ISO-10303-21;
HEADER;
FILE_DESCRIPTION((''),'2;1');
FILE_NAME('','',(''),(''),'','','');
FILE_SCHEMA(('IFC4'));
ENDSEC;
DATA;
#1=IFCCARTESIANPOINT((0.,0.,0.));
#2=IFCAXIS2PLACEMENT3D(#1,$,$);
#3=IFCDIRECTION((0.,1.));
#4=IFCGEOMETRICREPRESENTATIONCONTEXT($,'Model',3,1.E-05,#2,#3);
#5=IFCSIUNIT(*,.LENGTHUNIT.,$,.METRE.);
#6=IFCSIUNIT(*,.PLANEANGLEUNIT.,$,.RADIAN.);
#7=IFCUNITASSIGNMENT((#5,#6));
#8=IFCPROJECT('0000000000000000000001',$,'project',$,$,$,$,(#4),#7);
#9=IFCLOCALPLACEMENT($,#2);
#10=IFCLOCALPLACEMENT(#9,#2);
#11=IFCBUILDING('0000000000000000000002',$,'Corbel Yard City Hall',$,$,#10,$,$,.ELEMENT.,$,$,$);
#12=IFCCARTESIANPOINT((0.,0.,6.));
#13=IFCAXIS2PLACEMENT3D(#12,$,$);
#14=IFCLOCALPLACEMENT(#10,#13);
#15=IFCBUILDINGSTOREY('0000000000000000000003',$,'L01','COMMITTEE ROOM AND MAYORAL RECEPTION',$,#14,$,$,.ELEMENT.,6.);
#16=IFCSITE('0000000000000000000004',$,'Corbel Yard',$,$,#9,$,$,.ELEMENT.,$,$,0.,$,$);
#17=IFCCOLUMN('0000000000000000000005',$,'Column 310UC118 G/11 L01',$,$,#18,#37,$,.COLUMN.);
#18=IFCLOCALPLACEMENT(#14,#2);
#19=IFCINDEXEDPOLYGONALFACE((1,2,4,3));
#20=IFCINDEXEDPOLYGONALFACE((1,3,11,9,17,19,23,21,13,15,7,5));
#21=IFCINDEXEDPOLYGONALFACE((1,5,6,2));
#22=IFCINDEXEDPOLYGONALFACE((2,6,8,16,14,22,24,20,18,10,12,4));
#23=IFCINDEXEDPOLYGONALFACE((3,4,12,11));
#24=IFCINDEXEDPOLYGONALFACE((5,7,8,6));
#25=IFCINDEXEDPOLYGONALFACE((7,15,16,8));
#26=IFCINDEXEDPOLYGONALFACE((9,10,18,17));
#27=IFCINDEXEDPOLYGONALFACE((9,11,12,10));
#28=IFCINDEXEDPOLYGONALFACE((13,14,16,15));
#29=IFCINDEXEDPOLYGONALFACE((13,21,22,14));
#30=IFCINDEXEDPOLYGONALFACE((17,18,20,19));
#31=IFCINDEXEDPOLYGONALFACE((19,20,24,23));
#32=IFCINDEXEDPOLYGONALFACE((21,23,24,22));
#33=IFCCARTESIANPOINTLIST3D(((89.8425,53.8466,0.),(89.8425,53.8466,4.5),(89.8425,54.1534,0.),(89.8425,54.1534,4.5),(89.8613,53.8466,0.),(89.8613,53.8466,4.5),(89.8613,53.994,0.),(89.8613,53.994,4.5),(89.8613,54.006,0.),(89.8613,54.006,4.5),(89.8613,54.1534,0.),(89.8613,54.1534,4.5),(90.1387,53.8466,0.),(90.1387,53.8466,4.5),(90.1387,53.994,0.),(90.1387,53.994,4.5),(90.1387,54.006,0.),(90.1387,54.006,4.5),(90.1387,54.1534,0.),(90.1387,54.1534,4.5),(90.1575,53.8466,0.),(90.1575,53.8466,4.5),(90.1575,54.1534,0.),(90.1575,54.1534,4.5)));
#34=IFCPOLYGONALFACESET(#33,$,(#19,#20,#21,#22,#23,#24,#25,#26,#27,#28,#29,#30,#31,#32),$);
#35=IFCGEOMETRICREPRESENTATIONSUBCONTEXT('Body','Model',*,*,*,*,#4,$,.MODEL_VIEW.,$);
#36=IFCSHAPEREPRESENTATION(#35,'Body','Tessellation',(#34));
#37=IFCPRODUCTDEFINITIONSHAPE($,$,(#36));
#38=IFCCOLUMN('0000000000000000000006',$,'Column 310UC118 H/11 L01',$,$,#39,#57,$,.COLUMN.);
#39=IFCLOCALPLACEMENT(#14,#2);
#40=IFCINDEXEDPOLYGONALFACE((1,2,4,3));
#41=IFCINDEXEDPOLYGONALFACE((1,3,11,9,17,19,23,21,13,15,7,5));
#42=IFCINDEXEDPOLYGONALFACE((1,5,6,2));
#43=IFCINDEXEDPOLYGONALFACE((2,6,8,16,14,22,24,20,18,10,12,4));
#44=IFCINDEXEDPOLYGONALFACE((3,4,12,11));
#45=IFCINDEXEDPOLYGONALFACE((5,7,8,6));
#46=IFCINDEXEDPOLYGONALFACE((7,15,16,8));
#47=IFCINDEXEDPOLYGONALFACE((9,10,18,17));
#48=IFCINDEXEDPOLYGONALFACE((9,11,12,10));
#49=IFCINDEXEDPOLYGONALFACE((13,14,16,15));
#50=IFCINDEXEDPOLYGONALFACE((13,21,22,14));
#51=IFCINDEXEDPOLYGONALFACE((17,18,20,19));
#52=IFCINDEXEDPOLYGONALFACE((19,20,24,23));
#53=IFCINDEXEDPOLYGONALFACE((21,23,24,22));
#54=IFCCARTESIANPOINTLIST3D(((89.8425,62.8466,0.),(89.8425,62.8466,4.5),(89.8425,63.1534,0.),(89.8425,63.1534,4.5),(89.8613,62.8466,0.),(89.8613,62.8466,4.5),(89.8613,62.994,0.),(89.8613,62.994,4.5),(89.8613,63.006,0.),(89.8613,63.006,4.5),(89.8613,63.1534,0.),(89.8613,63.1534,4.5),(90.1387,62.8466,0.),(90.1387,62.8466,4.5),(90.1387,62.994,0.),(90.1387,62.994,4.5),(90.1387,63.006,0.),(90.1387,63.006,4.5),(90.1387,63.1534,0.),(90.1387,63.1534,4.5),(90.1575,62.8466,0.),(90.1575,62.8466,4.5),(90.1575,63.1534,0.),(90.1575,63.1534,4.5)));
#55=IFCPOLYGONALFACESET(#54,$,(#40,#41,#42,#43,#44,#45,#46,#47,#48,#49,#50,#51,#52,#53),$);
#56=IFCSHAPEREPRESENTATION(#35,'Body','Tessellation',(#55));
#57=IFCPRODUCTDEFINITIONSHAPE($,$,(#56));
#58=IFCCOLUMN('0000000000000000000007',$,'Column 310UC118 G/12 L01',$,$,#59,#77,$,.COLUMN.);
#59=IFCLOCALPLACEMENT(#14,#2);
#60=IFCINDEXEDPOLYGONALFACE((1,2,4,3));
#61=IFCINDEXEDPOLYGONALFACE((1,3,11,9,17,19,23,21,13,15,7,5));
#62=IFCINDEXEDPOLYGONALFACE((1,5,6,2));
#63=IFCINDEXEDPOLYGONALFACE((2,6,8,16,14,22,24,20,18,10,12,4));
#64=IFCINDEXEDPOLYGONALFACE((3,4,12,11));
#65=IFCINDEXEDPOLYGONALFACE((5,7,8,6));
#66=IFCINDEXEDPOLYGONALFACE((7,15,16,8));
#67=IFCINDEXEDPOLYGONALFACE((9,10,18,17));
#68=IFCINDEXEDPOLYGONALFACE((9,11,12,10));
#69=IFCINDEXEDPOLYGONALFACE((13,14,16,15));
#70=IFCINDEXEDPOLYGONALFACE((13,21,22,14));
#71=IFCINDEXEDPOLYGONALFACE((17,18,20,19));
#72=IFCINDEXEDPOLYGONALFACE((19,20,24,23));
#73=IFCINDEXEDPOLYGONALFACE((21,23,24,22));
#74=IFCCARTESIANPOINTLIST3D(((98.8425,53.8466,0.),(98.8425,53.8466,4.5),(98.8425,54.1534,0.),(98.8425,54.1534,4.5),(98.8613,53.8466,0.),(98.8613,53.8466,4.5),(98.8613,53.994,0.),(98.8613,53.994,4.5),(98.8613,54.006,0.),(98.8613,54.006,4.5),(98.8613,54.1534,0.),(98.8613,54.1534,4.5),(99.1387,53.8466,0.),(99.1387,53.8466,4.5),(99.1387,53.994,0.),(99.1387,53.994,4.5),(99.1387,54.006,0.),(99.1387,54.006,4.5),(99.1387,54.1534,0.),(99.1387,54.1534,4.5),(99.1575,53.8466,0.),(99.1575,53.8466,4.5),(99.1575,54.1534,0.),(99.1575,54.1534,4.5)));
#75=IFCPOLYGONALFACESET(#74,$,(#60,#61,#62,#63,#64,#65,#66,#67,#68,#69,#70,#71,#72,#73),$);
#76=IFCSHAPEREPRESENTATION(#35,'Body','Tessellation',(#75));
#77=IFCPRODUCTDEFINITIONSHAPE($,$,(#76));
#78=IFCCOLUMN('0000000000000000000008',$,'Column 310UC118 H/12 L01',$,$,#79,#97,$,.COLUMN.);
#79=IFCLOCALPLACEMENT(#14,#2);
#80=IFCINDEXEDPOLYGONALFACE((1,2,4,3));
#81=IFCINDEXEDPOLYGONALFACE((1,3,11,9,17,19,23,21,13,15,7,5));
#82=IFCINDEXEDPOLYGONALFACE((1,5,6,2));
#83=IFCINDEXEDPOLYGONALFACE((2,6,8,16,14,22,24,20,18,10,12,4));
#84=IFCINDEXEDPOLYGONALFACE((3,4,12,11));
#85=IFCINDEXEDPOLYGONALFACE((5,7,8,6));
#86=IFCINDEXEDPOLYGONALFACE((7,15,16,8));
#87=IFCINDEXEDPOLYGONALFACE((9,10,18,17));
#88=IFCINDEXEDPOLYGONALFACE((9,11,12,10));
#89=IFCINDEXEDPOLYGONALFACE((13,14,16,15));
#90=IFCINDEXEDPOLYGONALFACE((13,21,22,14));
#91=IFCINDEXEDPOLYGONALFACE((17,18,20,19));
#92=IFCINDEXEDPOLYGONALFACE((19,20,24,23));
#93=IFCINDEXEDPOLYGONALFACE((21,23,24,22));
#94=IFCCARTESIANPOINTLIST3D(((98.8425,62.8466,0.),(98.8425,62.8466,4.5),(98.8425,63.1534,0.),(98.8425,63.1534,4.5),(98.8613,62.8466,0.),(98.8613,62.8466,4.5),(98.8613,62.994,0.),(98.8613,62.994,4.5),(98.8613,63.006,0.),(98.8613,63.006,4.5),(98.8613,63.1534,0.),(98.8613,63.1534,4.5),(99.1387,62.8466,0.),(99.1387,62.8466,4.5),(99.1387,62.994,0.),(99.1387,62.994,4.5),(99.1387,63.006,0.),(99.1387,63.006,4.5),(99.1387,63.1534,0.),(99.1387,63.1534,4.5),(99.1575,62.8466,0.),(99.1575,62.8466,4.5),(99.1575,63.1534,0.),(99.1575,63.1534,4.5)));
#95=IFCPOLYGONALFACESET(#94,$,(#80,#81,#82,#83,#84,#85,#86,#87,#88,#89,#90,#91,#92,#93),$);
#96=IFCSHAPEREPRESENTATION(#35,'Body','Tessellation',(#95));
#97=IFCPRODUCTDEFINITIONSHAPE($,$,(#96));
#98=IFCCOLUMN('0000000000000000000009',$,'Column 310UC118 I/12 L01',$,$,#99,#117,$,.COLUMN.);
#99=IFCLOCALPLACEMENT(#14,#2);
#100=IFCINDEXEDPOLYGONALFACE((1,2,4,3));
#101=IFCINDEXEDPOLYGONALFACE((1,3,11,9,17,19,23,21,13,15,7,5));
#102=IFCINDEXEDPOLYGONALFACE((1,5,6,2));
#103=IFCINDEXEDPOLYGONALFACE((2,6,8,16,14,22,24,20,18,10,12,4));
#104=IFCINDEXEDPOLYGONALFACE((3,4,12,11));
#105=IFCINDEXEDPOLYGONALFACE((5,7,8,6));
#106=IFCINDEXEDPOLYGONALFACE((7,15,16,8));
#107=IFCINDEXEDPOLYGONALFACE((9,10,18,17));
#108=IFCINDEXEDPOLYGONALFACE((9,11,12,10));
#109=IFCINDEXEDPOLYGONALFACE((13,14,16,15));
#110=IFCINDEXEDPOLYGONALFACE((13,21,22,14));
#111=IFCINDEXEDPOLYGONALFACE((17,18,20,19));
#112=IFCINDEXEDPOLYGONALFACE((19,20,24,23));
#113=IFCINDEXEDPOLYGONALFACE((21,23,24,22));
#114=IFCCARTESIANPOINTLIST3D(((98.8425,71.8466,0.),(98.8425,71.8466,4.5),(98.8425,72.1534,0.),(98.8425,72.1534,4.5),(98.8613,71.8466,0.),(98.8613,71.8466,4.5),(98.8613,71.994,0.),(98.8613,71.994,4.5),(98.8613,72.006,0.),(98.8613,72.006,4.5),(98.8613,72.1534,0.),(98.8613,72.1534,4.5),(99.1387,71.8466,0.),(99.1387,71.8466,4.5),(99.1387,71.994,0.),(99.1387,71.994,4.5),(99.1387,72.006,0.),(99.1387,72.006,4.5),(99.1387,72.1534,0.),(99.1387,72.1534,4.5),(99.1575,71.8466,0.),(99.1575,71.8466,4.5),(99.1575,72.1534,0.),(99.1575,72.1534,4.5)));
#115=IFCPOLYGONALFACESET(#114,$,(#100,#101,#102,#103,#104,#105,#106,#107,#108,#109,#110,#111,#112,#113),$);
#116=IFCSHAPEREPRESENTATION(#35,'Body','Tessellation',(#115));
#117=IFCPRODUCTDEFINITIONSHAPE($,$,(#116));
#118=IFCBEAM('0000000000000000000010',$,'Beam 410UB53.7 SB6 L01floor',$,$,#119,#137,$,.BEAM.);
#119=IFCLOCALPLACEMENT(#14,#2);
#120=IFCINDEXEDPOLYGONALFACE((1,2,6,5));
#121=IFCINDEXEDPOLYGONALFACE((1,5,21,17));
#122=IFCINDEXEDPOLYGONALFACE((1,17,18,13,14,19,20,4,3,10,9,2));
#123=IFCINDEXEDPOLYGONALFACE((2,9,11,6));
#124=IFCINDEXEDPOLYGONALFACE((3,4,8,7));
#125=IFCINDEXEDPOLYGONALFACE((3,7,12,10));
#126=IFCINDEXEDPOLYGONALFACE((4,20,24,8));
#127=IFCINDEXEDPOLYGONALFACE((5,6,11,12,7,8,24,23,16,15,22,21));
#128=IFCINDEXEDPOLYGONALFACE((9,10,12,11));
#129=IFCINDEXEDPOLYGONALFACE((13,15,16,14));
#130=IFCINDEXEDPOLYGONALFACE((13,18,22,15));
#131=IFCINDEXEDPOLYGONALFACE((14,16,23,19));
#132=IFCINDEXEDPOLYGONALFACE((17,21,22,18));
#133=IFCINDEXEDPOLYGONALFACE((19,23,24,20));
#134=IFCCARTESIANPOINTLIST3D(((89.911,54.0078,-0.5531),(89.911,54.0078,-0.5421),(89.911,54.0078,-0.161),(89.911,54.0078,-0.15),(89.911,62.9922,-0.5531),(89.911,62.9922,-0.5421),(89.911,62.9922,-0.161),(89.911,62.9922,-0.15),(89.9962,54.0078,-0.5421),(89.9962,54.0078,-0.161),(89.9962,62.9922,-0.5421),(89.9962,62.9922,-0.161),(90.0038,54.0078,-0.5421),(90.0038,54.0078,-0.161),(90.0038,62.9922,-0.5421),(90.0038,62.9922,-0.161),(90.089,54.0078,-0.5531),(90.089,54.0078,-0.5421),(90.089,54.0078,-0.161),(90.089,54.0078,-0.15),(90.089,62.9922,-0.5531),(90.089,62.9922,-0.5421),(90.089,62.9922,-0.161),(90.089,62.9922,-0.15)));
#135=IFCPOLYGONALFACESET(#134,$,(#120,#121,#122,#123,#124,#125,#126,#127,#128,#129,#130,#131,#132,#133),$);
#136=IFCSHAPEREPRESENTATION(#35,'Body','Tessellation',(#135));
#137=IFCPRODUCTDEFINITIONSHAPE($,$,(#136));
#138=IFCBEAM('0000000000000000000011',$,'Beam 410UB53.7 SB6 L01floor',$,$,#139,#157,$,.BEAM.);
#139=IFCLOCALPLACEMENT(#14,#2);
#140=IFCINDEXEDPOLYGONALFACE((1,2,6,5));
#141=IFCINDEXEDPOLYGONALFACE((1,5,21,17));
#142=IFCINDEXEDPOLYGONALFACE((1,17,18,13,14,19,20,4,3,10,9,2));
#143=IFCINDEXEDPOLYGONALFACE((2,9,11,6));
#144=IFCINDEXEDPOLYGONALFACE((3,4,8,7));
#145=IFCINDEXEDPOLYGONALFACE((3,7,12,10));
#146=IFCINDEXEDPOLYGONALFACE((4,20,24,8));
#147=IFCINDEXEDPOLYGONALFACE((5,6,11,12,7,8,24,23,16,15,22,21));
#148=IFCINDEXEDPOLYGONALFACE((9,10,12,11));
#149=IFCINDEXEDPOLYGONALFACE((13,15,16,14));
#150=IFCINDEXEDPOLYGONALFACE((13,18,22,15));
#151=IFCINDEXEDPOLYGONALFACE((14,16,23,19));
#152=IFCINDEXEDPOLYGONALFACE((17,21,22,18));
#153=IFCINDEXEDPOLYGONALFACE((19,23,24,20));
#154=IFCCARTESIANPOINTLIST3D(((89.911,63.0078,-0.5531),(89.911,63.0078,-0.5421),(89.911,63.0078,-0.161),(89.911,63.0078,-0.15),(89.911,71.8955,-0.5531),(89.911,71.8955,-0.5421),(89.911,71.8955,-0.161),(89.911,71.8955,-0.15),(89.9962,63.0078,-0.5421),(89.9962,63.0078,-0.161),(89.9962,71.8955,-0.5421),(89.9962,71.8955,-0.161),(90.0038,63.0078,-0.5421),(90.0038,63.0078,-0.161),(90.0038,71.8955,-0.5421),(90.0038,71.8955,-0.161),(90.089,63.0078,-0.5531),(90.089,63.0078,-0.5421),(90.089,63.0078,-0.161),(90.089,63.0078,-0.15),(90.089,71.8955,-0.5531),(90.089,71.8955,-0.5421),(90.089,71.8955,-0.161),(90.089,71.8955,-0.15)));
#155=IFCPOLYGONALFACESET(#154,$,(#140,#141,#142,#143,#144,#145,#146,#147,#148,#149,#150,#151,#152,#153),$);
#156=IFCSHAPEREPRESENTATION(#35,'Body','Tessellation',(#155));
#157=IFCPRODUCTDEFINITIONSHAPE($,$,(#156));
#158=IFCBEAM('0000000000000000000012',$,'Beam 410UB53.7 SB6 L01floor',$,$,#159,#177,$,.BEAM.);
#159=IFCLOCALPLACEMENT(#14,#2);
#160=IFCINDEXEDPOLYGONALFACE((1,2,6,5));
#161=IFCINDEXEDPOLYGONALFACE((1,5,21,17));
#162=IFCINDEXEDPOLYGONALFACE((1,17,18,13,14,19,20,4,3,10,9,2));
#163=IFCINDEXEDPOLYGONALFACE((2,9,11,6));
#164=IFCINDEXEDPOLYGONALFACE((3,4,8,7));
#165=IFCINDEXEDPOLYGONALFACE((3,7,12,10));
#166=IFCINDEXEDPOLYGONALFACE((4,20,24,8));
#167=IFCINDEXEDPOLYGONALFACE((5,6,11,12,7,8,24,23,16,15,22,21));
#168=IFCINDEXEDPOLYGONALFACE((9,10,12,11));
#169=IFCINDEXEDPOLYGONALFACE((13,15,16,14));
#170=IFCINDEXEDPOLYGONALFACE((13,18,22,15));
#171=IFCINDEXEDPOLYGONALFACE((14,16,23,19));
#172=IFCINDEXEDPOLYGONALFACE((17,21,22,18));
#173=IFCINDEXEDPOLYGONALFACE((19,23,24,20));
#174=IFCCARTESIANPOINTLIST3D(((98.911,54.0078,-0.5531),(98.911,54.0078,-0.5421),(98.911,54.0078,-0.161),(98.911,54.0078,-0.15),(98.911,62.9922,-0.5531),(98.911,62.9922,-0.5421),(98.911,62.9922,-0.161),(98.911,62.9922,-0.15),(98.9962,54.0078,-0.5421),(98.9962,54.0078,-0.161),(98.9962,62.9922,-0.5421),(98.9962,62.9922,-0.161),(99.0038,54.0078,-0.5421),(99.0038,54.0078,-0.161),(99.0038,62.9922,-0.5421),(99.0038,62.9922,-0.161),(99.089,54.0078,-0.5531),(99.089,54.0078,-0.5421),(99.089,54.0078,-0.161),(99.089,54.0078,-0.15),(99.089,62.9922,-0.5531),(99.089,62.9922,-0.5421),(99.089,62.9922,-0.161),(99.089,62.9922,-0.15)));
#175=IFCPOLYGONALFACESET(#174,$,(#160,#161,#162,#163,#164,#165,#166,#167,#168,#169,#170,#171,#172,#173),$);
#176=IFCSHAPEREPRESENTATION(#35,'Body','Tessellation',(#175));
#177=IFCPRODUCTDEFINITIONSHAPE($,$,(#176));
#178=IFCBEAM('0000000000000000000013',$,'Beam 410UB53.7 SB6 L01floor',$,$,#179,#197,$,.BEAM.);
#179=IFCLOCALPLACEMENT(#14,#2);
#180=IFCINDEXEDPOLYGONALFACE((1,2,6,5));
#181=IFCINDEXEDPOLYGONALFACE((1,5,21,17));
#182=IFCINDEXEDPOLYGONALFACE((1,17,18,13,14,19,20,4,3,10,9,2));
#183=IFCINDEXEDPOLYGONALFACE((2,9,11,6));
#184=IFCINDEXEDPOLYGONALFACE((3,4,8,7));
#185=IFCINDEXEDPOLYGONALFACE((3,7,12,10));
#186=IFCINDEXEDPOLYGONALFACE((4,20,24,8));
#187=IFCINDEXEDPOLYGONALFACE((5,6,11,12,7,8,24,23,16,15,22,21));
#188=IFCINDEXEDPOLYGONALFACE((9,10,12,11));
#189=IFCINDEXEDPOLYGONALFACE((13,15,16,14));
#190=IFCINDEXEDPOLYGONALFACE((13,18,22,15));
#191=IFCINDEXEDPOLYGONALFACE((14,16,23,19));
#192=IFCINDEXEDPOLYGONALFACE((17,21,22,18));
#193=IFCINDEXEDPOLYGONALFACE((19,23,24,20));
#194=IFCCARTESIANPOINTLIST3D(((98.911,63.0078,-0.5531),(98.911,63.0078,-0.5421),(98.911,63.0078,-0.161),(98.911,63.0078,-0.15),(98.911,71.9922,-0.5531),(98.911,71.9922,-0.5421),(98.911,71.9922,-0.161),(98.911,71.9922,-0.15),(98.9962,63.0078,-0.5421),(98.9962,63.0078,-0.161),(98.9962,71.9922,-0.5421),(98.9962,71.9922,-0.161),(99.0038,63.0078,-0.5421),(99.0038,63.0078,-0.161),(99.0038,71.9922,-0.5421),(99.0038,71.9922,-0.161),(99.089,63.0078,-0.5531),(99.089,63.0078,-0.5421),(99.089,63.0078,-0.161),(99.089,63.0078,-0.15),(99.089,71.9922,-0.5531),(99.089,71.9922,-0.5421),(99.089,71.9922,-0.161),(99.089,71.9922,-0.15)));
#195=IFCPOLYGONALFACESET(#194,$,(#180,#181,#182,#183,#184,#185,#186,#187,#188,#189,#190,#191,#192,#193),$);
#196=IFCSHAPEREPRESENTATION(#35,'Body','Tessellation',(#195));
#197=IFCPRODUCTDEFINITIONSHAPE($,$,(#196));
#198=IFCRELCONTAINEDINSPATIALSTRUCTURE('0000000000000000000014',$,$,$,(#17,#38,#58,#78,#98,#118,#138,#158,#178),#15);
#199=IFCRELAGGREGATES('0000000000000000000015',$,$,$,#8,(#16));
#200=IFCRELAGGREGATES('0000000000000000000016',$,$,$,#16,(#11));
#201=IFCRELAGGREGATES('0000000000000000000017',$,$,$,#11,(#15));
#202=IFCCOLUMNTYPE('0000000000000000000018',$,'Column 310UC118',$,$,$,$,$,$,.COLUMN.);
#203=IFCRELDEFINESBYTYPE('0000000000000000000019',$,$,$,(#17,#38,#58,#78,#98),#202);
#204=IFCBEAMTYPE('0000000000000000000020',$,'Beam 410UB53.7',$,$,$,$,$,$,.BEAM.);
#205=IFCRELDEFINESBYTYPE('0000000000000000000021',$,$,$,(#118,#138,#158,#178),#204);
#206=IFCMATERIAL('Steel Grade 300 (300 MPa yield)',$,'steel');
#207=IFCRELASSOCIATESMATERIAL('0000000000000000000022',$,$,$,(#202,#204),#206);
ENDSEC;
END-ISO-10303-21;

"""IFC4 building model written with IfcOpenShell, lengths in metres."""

from ifc_helpers import new_model, si_unit, direction, frame, origin, origin_2d, place, context, subcontext, project, spatial, i_section, extrude, material, material_profile, profile_set, type_object, element, save


model = new_model("IFC4")

# Units and contexts
model_context = context("Model", 3, precision=1e-05, world=origin(), true_north=direction((0.0, 1.0)))
body_context = subcontext(model_context, "Body", "Model", "MODEL_VIEW")
ifc_project = project(units=[si_unit("LENGTHUNIT", "METRE"), si_unit("PLANEANGLEUNIT", "RADIAN")], contexts=[model_context])

# Site, building, storey
site_placement = place(None, origin())
site = spatial("IfcSite", under=ifc_project, at=site_placement, Name="Corbel Yard", CompositionType="ELEMENT", RefElevation=0.0)
building_placement = place(site_placement, origin())
building = spatial("IfcBuilding", under=site, at=building_placement, Name="Corbel Yard City Hall", CompositionType="ELEMENT")
storey_placement = place(building_placement, frame((0.0, 0.0, 6.0)))
storey = spatial("IfcBuildingStorey", under=building, at=storey_placement, Name="L01", Description="COMMITTEE ROOM AND MAYORAL RECEPTION", CompositionType="ELEMENT", Elevation=6.0)

# Columns
ifc_material_1 = material(Name="Steel Grade 300 (300 MPa yield)", Category="steel")
ifc_material_profile_1 = material_profile(ifc_material_1, i_section(OverallWidth=0.3069, OverallDepth=0.3149, WebThickness=0.012, FlangeThickness=0.0188, at=origin_2d()), Name="310UC118")
ifc_profile_set_1 = profile_set([ifc_material_profile_1], Name="Steel Grade 300 (300 MPa yield)")
column_type = type_object("IfcColumnType", Name="Column 310UC118", PredefinedType="COLUMN", material=ifc_profile_set_1)
for number, where, z_axis, x_axis, name in (
    (1, (90.0, 54.0, 0.0), (0.0, 0.0, 1.0), (0.0, 1.0, 0.0), "Column 310UC118 G/11 L01"),
    (2, (90.0, 63.0, 0.0), (0.0, 0.0, 1.0), (0.0, 1.0, 0.0), "Column 310UC118 H/11 L01"),
    (3, (99.0, 54.0, 0.0), (0.0, 0.0, 1.0), (0.0, 1.0, 0.0), "Column 310UC118 G/12 L01"),
    (4, (99.0, 63.0, 0.0), (0.0, 0.0, 1.0), (0.0, 1.0, 0.0), "Column 310UC118 H/12 L01"),
    (5, (99.0, 72.0, 0.0), (0.0, 0.0, 1.0), (0.0, 1.0, 0.0), "Column 310UC118 I/12 L01"),
):
    element("IfcColumn", number, at=place(storey_placement, frame(where, z_axis=z_axis, x_axis=x_axis)), inside=storey, type_object=column_type, Name=name, PredefinedType="COLUMN", context=body_context, shape_type="SweptSolid", body=[
        extrude(i_section(OverallWidth=0.3069, OverallDepth=0.3149, WebThickness=0.012, FlangeThickness=0.0188, at=origin_2d()), origin(), (0.0, 0.0, 1.0), 4.5),
    ])

# Beams
ifc_material_profile_2 = material_profile(ifc_material_1, i_section(OverallWidth=0.178, OverallDepth=0.4031, WebThickness=0.0076, FlangeThickness=0.011, at=origin_2d()), Name="410UB53.7")
ifc_profile_set_2 = profile_set([ifc_material_profile_2], Name="Steel Grade 300 (300 MPa yield)")
beam_type_1 = type_object("IfcBeamType", Name="Beam 410UB53.7", PredefinedType="BEAM", material=ifc_profile_set_2)
beam_1_placement = place(storey_placement, frame((90.0, 54.0078, -0.3516), z_axis=(0.0, 1.0, 0.0), x_axis=(-1.0, 0.0, 0.0)))
element("IfcBeam", 6, at=beam_1_placement, inside=storey, type_object=beam_type_1, Name="Beam 410UB53.7 SB6 L01floor", PredefinedType="BEAM", context=body_context, shape_type="SweptSolid", body=[
    extrude(i_section(OverallWidth=0.178, OverallDepth=0.4031, WebThickness=0.0076, FlangeThickness=0.011, at=origin_2d()), origin(), (0.0, 0.0, 1.0), 8.9844),
])
beam_2_placement = place(storey_placement, frame((90.0, 63.0078, -0.3516), z_axis=(0.0, 1.0, 0.0), x_axis=(-1.0, 0.0, 0.0)))
element("IfcBeam", 7, at=beam_2_placement, inside=storey, type_object=beam_type_1, Name="Beam 410UB53.7 SB6 L01floor", PredefinedType="BEAM", context=body_context, shape_type="SweptSolid", body=[
    extrude(i_section(OverallWidth=0.178, OverallDepth=0.4031, WebThickness=0.0076, FlangeThickness=0.011, at=origin_2d()), origin(), (0.0, 0.0, 1.0), 8.8877),
])
for number, where, z_axis, x_axis, name in (
    (8, (99.0, 54.0078, -0.3516), (0.0, 1.0, 0.0), (-1.0, 0.0, 0.0), "Beam 410UB53.7 SB6 L01floor"),
    (9, (99.0, 63.0078, -0.3516), (0.0, 1.0, 0.0), (-1.0, 0.0, 0.0), "Beam 410UB53.7 SB6 L01floor"),
):
    element("IfcBeam", number, at=place(storey_placement, frame(where, z_axis=z_axis, x_axis=x_axis)), inside=storey, type_object=beam_type_1, Name=name, PredefinedType="BEAM", context=body_context, shape_type="SweptSolid", body=[
        extrude(i_section(OverallWidth=0.178, OverallDepth=0.4031, WebThickness=0.0076, FlangeThickness=0.011, at=origin_2d()), origin(), (0.0, 0.0, 1.0), 8.9844),
    ])

save(model, "model.ifc")
